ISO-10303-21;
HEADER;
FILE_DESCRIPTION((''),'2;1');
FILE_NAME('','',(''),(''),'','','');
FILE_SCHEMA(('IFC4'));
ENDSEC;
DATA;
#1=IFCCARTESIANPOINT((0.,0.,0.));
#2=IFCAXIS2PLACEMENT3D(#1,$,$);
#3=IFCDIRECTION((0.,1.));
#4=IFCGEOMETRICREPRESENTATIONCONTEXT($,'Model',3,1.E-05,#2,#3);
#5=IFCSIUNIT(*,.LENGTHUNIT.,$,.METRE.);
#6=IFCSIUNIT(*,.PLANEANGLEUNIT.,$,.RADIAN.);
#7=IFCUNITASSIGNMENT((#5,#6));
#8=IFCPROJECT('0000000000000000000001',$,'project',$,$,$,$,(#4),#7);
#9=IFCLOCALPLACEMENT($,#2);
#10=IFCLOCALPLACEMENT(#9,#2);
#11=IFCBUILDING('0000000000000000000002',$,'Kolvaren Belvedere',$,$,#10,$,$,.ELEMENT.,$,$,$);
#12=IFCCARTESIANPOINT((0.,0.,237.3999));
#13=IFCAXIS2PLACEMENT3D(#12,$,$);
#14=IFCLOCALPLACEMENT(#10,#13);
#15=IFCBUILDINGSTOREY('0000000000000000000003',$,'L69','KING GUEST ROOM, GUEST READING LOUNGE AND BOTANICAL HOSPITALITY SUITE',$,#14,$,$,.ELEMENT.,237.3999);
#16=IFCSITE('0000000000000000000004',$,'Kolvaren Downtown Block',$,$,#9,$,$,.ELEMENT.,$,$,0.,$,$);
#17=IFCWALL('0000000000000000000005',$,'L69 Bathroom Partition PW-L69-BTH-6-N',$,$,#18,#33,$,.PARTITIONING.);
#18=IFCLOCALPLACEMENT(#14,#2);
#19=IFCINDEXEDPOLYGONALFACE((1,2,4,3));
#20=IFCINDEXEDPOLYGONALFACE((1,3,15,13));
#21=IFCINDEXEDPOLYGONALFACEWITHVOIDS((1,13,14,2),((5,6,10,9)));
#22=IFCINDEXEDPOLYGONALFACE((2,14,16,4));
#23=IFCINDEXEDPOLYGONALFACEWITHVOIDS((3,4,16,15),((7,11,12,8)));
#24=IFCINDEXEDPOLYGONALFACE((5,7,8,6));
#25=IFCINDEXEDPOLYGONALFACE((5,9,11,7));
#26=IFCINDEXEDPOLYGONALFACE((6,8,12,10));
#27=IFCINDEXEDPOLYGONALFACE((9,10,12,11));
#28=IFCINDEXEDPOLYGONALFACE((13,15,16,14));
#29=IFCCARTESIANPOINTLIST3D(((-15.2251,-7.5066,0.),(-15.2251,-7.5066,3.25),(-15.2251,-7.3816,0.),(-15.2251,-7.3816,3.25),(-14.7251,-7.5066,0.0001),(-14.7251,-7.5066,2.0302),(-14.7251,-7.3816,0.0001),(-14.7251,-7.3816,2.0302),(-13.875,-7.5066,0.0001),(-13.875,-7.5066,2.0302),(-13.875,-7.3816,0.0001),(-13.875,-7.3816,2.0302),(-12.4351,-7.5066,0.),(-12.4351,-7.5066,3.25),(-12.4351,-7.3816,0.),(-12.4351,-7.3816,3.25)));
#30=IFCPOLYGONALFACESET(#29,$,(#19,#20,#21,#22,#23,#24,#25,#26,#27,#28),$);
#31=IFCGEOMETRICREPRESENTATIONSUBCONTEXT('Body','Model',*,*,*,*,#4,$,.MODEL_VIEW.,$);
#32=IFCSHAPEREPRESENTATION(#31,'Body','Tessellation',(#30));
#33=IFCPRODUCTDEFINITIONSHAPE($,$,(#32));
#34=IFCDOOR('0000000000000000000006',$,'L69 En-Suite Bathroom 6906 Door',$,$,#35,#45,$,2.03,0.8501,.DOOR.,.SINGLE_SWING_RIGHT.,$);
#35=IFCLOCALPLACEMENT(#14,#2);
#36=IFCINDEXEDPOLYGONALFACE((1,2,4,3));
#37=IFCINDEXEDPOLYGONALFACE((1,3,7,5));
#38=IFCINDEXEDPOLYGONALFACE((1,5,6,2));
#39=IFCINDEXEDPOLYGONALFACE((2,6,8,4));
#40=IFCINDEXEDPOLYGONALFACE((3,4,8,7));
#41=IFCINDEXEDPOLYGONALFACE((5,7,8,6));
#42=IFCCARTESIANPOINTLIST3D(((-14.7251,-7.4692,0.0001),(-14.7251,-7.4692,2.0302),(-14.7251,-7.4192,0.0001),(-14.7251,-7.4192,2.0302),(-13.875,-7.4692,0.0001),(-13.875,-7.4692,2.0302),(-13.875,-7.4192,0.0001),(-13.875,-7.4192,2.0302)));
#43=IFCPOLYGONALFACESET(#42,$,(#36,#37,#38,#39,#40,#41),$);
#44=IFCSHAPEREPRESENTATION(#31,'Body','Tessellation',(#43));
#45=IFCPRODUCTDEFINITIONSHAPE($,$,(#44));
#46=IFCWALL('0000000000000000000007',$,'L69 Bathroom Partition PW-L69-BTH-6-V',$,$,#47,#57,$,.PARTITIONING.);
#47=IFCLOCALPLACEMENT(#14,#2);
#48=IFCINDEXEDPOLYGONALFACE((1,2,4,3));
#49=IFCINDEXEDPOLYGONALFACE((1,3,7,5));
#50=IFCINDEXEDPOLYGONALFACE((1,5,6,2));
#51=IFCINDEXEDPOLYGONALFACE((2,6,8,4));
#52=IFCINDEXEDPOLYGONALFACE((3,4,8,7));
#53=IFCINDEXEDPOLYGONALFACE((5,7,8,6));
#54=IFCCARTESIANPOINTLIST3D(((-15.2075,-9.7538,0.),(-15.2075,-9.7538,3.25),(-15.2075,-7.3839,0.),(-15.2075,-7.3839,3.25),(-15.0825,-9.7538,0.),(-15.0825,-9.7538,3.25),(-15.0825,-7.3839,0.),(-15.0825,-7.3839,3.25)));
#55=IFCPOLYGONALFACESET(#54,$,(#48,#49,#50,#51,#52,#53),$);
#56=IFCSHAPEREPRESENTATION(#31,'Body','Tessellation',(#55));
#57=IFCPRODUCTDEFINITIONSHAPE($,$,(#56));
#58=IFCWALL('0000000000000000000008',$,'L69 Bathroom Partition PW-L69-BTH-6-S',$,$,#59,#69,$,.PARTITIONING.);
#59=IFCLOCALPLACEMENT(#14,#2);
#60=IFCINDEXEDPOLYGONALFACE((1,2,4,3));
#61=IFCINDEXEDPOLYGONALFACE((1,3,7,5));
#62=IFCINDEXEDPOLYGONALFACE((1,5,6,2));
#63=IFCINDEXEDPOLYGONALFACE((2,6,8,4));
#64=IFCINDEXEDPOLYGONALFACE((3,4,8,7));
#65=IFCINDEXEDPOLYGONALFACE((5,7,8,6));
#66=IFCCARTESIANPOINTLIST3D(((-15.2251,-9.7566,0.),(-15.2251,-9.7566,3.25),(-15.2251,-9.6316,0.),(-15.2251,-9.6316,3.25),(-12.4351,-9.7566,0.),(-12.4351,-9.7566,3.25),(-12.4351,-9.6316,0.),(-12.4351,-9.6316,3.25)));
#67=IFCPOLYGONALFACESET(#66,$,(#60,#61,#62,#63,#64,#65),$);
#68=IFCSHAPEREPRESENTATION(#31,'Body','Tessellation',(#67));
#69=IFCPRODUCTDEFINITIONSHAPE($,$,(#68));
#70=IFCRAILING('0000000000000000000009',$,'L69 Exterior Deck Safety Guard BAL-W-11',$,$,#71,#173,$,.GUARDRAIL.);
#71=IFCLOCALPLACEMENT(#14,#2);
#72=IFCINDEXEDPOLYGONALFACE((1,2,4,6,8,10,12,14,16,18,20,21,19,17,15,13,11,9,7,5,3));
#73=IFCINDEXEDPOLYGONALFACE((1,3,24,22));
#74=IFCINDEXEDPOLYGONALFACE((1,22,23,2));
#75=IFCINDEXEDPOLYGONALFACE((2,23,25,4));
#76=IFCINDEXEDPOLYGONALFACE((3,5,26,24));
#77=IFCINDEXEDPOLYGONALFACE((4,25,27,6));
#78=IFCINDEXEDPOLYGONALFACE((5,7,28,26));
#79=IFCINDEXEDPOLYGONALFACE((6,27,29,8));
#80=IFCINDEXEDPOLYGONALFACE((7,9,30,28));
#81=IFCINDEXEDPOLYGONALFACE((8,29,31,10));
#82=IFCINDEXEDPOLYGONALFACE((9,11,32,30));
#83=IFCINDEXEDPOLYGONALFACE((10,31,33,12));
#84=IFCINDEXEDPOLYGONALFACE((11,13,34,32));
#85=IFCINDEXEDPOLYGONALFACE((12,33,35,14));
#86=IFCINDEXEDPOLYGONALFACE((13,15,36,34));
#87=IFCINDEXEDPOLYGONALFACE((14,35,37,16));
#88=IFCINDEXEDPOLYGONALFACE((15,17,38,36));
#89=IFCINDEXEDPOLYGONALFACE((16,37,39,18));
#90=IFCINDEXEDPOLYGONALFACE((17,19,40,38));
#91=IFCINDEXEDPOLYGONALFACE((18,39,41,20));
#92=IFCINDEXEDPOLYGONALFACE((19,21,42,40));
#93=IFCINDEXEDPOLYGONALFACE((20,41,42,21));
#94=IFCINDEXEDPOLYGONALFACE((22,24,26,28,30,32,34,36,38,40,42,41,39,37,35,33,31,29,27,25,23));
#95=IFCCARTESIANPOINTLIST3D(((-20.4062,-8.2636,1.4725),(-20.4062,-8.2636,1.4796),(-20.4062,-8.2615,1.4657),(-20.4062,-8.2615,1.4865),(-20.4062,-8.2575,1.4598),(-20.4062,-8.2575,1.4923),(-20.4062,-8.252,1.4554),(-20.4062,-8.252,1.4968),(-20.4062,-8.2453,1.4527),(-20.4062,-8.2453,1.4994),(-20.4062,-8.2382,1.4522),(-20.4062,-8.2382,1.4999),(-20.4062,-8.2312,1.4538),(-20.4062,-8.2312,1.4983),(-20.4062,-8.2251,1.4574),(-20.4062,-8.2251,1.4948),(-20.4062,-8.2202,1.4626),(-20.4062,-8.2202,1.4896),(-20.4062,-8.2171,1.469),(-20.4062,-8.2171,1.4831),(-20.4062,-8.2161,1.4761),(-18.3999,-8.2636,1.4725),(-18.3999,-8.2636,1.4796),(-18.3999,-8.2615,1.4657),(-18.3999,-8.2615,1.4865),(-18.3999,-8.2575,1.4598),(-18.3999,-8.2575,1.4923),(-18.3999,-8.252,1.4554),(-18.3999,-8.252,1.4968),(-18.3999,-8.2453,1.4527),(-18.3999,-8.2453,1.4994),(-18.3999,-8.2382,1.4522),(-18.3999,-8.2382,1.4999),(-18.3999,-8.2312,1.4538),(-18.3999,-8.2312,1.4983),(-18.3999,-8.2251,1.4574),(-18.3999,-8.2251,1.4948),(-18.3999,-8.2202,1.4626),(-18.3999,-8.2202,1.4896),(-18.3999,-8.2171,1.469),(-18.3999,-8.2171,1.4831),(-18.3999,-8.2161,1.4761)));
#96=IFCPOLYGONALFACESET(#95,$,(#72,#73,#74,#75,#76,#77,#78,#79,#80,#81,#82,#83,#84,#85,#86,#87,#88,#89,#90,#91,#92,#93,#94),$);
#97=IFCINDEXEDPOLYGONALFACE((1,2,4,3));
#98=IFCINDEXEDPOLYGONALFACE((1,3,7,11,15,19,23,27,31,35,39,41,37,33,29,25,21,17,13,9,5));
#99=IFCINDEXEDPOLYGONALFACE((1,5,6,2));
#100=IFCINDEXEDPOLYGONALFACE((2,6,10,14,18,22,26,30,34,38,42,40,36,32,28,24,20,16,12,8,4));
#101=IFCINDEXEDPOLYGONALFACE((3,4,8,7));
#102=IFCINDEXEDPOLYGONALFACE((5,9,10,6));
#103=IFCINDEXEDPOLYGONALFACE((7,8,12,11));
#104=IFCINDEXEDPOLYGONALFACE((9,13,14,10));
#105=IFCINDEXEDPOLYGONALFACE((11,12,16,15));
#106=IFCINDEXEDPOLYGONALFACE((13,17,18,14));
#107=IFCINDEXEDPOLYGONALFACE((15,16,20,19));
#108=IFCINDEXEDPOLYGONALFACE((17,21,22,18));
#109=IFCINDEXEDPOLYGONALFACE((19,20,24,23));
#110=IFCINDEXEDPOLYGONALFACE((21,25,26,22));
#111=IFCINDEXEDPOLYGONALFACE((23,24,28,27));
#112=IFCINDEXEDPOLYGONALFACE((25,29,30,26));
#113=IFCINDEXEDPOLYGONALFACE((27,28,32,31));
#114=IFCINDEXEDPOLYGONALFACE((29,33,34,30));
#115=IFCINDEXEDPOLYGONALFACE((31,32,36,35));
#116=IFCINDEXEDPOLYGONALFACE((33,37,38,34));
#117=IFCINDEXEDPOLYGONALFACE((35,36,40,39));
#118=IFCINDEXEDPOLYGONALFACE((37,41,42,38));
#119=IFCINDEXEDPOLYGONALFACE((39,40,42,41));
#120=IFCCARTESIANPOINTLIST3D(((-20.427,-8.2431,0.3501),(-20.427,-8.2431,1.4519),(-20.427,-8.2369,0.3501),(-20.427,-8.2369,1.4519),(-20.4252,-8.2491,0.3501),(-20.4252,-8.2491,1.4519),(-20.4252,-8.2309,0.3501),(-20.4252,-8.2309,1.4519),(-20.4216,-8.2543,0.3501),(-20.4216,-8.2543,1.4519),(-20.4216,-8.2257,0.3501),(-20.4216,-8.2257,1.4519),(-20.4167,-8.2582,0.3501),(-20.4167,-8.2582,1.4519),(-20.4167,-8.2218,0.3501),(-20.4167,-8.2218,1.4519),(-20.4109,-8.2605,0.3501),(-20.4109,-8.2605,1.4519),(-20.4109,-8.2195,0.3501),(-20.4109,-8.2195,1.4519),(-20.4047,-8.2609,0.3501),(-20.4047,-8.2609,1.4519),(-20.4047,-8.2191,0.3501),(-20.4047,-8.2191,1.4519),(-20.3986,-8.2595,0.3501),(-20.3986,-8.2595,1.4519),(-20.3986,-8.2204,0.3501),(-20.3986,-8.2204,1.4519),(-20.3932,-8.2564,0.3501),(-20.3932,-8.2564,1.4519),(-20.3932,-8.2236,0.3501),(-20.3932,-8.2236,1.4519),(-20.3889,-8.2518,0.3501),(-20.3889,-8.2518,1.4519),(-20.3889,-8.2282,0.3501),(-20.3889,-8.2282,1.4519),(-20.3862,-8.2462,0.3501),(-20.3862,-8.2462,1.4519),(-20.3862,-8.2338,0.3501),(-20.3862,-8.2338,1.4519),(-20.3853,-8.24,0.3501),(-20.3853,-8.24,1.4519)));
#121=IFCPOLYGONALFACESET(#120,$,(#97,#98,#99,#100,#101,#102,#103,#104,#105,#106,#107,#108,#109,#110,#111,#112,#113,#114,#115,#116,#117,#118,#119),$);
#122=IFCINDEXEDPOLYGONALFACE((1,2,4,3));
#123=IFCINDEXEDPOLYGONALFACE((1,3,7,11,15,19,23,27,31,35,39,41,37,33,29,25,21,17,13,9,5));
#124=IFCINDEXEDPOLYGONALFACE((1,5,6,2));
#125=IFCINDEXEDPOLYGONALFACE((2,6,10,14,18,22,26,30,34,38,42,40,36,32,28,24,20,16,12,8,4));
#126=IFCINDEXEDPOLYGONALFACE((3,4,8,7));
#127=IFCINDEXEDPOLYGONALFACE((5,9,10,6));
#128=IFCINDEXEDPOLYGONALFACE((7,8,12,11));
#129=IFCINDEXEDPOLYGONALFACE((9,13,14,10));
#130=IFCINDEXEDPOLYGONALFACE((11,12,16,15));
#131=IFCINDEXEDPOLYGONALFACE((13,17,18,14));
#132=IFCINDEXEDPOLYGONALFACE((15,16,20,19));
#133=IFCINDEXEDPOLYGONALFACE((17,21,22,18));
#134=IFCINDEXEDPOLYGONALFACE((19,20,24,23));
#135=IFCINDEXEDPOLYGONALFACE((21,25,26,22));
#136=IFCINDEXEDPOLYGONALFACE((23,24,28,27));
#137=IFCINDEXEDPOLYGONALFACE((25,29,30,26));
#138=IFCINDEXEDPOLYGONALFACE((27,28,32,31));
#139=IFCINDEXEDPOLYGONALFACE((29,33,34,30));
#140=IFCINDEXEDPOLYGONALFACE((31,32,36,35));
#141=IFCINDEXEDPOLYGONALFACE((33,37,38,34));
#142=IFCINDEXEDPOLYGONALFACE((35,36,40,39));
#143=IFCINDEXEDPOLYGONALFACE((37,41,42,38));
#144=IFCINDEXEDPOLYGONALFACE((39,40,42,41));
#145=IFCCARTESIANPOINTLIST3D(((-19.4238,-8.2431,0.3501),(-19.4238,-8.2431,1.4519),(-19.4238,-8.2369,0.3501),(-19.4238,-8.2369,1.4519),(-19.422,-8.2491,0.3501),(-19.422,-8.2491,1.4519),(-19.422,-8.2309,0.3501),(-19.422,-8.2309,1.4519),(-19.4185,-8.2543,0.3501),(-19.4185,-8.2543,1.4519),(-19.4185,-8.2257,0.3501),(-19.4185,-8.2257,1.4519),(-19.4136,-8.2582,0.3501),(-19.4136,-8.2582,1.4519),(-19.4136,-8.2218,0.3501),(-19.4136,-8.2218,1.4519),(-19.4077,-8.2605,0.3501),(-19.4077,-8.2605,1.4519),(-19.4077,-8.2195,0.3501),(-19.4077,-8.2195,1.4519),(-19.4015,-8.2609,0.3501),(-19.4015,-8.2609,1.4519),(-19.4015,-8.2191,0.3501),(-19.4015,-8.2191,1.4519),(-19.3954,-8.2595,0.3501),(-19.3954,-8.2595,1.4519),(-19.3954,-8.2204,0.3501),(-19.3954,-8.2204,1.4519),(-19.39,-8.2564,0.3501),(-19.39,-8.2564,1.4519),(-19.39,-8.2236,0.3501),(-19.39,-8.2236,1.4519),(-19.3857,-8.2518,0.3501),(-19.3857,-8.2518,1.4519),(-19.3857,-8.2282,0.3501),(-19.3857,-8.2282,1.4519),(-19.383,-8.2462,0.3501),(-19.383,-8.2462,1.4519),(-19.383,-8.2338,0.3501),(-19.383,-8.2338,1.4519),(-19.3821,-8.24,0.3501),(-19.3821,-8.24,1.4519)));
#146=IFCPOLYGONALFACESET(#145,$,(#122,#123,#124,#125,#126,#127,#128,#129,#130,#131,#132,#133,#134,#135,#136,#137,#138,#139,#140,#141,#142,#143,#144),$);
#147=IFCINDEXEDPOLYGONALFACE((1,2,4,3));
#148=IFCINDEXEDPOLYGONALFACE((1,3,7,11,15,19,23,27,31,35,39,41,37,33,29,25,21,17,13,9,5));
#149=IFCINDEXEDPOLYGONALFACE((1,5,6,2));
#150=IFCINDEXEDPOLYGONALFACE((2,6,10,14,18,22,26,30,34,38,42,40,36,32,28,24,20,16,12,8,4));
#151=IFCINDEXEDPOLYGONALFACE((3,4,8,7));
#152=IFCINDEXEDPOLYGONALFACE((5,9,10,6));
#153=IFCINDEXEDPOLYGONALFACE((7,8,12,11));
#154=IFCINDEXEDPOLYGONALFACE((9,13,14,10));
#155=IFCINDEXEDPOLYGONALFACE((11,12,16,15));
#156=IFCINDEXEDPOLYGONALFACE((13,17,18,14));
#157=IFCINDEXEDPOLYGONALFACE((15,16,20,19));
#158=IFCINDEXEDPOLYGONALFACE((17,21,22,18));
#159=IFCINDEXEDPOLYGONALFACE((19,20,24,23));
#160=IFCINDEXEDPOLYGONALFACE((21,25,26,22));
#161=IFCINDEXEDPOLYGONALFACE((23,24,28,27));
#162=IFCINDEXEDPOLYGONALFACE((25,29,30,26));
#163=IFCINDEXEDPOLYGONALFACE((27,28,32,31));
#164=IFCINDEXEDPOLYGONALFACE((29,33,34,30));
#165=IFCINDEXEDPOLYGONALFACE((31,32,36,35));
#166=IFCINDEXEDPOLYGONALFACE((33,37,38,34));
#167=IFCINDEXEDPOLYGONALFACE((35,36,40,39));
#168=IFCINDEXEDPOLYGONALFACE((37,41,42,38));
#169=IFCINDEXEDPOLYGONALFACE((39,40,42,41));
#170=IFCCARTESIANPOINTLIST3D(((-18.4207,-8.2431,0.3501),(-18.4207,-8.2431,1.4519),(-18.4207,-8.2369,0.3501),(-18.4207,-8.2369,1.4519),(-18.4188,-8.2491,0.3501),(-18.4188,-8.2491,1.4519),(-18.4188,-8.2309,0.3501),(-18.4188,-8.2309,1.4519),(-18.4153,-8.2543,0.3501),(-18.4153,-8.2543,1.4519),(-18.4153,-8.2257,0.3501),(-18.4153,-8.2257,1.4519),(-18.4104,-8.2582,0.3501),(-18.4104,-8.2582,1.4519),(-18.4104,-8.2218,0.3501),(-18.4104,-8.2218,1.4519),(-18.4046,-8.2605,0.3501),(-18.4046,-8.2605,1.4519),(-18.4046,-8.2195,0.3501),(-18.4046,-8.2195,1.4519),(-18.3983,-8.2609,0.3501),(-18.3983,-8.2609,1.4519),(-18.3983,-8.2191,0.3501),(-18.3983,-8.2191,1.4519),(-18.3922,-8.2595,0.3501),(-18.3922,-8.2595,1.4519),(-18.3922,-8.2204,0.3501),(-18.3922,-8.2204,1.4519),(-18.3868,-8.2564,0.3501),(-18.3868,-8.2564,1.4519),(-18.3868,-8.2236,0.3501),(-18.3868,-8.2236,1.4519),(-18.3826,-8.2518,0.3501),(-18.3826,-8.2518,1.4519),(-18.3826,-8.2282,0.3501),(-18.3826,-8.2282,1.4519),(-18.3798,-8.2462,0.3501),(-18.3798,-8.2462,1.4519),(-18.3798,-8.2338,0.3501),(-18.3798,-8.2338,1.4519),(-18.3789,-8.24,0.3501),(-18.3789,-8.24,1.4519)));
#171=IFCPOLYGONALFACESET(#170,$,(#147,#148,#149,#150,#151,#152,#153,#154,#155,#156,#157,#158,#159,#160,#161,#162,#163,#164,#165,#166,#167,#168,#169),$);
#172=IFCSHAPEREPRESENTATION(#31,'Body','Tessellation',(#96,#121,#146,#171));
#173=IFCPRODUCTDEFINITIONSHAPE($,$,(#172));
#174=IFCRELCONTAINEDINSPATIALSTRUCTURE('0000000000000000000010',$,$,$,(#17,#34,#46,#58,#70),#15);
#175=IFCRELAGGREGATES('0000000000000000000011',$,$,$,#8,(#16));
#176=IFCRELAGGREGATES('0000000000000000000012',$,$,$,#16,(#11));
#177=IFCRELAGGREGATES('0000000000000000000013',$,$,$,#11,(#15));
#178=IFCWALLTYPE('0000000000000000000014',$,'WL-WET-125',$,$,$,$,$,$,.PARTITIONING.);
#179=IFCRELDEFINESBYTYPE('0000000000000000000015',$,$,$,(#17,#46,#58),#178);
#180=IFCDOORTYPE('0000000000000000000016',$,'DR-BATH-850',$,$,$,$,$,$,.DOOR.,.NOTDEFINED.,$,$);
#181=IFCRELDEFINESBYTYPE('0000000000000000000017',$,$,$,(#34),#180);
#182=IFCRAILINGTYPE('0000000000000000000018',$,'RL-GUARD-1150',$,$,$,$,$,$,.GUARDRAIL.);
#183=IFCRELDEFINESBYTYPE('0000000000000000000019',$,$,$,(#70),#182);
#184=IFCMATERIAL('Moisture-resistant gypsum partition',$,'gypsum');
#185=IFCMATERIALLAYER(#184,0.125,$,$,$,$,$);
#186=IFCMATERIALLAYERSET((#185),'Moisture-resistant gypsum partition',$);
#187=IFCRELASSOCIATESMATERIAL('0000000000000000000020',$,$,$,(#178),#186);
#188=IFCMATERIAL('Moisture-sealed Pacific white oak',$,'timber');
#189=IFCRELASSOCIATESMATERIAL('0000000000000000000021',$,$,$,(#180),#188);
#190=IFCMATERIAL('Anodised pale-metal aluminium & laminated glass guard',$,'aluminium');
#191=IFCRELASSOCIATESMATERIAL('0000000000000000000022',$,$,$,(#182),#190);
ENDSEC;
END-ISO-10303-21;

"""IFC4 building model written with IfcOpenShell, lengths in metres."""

from ifc_helpers import new_model, si_unit, direction, frame, frame_2d, origin, origin_2d, place, context, subcontext, project, spatial, rectangle, circle, extrude, material, layer, layer_set, type_object, element, fill, save


model = new_model("IFC4")

# Units and contexts
model_context = context("Model", 3, precision=1e-05, world=origin(), true_north=direction((0.0, 1.0)))
body_context = subcontext(model_context, "Body", "Model", "MODEL_VIEW")
ifc_project = project(units=[si_unit("LENGTHUNIT", "METRE"), si_unit("PLANEANGLEUNIT", "RADIAN")], contexts=[model_context])

# Site, building, storey
site_placement = place(None, origin())
site = spatial("IfcSite", under=ifc_project, at=site_placement, Name="Kolvaren Downtown Block", CompositionType="ELEMENT", RefElevation=0.0)
building_placement = place(site_placement, origin())
building = spatial("IfcBuilding", under=site, at=building_placement, Name="Kolvaren Belvedere", CompositionType="ELEMENT")
storey_placement = place(building_placement, frame((0.0, 0.0, 237.3999)))
storey = spatial("IfcBuildingStorey", under=building, at=storey_placement, Name="L69", Description="KING GUEST ROOM, GUEST READING LOUNGE AND BOTANICAL HOSPITALITY SUITE", CompositionType="ELEMENT", Elevation=237.3999)

# Wall, opening, door
ifc_material_1 = material(Name="Moisture-resistant gypsum partition", Category="gypsum")
ifc_layer_1 = layer(ifc_material_1, 0.125)
ifc_layer_set_1 = layer_set([ifc_layer_1], Name="Moisture-resistant gypsum partition")
wall_type_1 = type_object("IfcWallType", Name="WL-WET-125", PredefinedType="PARTITIONING", material=ifc_layer_set_1)
wall_1_placement = place(storey_placement, frame((-15.2251, -7.4441, 0.0), z_axis=(0.0, 0.0, 1.0), x_axis=(1.0, 0.0, 0.0)))
wall_1 = element("IfcWall", 1, at=wall_1_placement, inside=storey, type_object=wall_type_1, Name="L69 Bathroom Partition PW-L69-BTH-6-N", PredefinedType="PARTITIONING", context=body_context, shape_type="SweptSolid", body=[
    extrude(rectangle(XDim=2.79, YDim=0.125, at=frame_2d((1.395, 0.0))), origin(), (0.0, 0.0, 1.0), 3.25),
])
opening_1_placement = place(wall_1_placement, frame((0.5, 0.0, 0.0)))
opening_1 = element("IfcOpeningElement", 2, at=opening_1_placement, cuts=wall_1, PredefinedType="OPENING", context=body_context, shape_type="SweptSolid", body=[
    extrude(rectangle(XDim=0.8501, YDim=2.03, at=frame_2d((0.425, 1.0151))), frame((0.0, 0.0725, 0.0), z_axis=(0.0, -1.0, 0.0), x_axis=(1.0, 0.0, 0.0)), (0.0, 0.0, 1.0), 0.145),
])
ifc_material_2 = material(Name="Moisture-sealed Pacific white oak", Category="timber")
door_type_1 = type_object("IfcDoorType", Name="DR-BATH-850", OperationType="NOTDEFINED", PredefinedType="DOOR", material=ifc_material_2)
door_1_placement = place(opening_1_placement, origin())
door_1 = element("IfcDoor", 3, at=door_1_placement, inside=storey, type_object=door_type_1, Name="L69 En-Suite Bathroom 6906 Door", OperationType="SINGLE_SWING_RIGHT", OverallHeight=2.03, OverallWidth=0.8501, PredefinedType="DOOR", context=body_context, shape_type="SweptSolid", body=[
    extrude(rectangle(XDim=0.8501, YDim=2.03, at=frame_2d((0.425, 1.0151))), frame((0.0, 0.0249, 0.0), z_axis=(0.0, -1.0, 0.0), x_axis=(1.0, 0.0, 0.0)), (0.0, 0.0, 1.0), 0.05),
])
fill(opening_1, door_1)

# Walls
wall_2_placement = place(storey_placement, frame((-15.145, -9.7539, 0.0), z_axis=(0.0, 0.0, 1.0), x_axis=(0.0, 1.0, 0.0)))
element("IfcWall", 4, at=wall_2_placement, inside=storey, type_object=wall_type_1, Name="L69 Bathroom Partition PW-L69-BTH-6-V", PredefinedType="PARTITIONING", context=body_context, shape_type="SweptSolid", body=[
    extrude(rectangle(XDim=2.3699, YDim=0.125, at=frame_2d((1.1851, 0.0))), origin(), (0.0, 0.0, 1.0), 3.25),
])
wall_3_placement = place(storey_placement, frame((-15.2251, -9.6941, 0.0), z_axis=(0.0, 0.0, 1.0), x_axis=(1.0, 0.0, 0.0)))
element("IfcWall", 5, at=wall_3_placement, inside=storey, type_object=wall_type_1, Name="L69 Bathroom Partition PW-L69-BTH-6-S", PredefinedType="PARTITIONING", context=body_context, shape_type="SweptSolid", body=[
    extrude(rectangle(XDim=2.79, YDim=0.125, at=frame_2d((1.395, 0.0))), origin(), (0.0, 0.0, 1.0), 3.25),
])

# Railing
ifc_material_3 = material(Name="Anodised pale-metal aluminium & laminated glass guard", Category="aluminium")
railing_type = type_object("IfcRailingType", Name="RL-GUARD-1150", PredefinedType="GUARDRAIL", material=ifc_material_3)
railing_placement = place(storey_placement, frame((-20.4062, -8.24, 0.3501)))
element("IfcRailing", 6, at=railing_placement, inside=storey, type_object=railing_type, Name="L69 Exterior Deck Safety Guard BAL-W-11", PredefinedType="GUARDRAIL", context=body_context, shape_type="SweptSolid", body=[
    extrude(circle(Radius=0.0239, at=origin_2d()), frame((0.0, 0.0, 1.126), z_axis=(1.0, 0.0, 0.0), x_axis=(0.0, 1.0, 0.0)), (0.0, 0.0, 1.0), 2.0063),
    extrude(circle(Radius=0.021, at=origin_2d()), origin(), (0.0, 0.0, 1.0), 1.1018),
    extrude(circle(Radius=0.021, at=origin_2d()), frame((1.0032, 0.0, 0.0)), (0.0, 0.0, 1.0), 1.1018),
    extrude(circle(Radius=0.021, at=origin_2d()), frame((2.0063, 0.0, 0.0)), (0.0, 0.0, 1.0), 1.1018),
])

save(model, "model.ifc")
